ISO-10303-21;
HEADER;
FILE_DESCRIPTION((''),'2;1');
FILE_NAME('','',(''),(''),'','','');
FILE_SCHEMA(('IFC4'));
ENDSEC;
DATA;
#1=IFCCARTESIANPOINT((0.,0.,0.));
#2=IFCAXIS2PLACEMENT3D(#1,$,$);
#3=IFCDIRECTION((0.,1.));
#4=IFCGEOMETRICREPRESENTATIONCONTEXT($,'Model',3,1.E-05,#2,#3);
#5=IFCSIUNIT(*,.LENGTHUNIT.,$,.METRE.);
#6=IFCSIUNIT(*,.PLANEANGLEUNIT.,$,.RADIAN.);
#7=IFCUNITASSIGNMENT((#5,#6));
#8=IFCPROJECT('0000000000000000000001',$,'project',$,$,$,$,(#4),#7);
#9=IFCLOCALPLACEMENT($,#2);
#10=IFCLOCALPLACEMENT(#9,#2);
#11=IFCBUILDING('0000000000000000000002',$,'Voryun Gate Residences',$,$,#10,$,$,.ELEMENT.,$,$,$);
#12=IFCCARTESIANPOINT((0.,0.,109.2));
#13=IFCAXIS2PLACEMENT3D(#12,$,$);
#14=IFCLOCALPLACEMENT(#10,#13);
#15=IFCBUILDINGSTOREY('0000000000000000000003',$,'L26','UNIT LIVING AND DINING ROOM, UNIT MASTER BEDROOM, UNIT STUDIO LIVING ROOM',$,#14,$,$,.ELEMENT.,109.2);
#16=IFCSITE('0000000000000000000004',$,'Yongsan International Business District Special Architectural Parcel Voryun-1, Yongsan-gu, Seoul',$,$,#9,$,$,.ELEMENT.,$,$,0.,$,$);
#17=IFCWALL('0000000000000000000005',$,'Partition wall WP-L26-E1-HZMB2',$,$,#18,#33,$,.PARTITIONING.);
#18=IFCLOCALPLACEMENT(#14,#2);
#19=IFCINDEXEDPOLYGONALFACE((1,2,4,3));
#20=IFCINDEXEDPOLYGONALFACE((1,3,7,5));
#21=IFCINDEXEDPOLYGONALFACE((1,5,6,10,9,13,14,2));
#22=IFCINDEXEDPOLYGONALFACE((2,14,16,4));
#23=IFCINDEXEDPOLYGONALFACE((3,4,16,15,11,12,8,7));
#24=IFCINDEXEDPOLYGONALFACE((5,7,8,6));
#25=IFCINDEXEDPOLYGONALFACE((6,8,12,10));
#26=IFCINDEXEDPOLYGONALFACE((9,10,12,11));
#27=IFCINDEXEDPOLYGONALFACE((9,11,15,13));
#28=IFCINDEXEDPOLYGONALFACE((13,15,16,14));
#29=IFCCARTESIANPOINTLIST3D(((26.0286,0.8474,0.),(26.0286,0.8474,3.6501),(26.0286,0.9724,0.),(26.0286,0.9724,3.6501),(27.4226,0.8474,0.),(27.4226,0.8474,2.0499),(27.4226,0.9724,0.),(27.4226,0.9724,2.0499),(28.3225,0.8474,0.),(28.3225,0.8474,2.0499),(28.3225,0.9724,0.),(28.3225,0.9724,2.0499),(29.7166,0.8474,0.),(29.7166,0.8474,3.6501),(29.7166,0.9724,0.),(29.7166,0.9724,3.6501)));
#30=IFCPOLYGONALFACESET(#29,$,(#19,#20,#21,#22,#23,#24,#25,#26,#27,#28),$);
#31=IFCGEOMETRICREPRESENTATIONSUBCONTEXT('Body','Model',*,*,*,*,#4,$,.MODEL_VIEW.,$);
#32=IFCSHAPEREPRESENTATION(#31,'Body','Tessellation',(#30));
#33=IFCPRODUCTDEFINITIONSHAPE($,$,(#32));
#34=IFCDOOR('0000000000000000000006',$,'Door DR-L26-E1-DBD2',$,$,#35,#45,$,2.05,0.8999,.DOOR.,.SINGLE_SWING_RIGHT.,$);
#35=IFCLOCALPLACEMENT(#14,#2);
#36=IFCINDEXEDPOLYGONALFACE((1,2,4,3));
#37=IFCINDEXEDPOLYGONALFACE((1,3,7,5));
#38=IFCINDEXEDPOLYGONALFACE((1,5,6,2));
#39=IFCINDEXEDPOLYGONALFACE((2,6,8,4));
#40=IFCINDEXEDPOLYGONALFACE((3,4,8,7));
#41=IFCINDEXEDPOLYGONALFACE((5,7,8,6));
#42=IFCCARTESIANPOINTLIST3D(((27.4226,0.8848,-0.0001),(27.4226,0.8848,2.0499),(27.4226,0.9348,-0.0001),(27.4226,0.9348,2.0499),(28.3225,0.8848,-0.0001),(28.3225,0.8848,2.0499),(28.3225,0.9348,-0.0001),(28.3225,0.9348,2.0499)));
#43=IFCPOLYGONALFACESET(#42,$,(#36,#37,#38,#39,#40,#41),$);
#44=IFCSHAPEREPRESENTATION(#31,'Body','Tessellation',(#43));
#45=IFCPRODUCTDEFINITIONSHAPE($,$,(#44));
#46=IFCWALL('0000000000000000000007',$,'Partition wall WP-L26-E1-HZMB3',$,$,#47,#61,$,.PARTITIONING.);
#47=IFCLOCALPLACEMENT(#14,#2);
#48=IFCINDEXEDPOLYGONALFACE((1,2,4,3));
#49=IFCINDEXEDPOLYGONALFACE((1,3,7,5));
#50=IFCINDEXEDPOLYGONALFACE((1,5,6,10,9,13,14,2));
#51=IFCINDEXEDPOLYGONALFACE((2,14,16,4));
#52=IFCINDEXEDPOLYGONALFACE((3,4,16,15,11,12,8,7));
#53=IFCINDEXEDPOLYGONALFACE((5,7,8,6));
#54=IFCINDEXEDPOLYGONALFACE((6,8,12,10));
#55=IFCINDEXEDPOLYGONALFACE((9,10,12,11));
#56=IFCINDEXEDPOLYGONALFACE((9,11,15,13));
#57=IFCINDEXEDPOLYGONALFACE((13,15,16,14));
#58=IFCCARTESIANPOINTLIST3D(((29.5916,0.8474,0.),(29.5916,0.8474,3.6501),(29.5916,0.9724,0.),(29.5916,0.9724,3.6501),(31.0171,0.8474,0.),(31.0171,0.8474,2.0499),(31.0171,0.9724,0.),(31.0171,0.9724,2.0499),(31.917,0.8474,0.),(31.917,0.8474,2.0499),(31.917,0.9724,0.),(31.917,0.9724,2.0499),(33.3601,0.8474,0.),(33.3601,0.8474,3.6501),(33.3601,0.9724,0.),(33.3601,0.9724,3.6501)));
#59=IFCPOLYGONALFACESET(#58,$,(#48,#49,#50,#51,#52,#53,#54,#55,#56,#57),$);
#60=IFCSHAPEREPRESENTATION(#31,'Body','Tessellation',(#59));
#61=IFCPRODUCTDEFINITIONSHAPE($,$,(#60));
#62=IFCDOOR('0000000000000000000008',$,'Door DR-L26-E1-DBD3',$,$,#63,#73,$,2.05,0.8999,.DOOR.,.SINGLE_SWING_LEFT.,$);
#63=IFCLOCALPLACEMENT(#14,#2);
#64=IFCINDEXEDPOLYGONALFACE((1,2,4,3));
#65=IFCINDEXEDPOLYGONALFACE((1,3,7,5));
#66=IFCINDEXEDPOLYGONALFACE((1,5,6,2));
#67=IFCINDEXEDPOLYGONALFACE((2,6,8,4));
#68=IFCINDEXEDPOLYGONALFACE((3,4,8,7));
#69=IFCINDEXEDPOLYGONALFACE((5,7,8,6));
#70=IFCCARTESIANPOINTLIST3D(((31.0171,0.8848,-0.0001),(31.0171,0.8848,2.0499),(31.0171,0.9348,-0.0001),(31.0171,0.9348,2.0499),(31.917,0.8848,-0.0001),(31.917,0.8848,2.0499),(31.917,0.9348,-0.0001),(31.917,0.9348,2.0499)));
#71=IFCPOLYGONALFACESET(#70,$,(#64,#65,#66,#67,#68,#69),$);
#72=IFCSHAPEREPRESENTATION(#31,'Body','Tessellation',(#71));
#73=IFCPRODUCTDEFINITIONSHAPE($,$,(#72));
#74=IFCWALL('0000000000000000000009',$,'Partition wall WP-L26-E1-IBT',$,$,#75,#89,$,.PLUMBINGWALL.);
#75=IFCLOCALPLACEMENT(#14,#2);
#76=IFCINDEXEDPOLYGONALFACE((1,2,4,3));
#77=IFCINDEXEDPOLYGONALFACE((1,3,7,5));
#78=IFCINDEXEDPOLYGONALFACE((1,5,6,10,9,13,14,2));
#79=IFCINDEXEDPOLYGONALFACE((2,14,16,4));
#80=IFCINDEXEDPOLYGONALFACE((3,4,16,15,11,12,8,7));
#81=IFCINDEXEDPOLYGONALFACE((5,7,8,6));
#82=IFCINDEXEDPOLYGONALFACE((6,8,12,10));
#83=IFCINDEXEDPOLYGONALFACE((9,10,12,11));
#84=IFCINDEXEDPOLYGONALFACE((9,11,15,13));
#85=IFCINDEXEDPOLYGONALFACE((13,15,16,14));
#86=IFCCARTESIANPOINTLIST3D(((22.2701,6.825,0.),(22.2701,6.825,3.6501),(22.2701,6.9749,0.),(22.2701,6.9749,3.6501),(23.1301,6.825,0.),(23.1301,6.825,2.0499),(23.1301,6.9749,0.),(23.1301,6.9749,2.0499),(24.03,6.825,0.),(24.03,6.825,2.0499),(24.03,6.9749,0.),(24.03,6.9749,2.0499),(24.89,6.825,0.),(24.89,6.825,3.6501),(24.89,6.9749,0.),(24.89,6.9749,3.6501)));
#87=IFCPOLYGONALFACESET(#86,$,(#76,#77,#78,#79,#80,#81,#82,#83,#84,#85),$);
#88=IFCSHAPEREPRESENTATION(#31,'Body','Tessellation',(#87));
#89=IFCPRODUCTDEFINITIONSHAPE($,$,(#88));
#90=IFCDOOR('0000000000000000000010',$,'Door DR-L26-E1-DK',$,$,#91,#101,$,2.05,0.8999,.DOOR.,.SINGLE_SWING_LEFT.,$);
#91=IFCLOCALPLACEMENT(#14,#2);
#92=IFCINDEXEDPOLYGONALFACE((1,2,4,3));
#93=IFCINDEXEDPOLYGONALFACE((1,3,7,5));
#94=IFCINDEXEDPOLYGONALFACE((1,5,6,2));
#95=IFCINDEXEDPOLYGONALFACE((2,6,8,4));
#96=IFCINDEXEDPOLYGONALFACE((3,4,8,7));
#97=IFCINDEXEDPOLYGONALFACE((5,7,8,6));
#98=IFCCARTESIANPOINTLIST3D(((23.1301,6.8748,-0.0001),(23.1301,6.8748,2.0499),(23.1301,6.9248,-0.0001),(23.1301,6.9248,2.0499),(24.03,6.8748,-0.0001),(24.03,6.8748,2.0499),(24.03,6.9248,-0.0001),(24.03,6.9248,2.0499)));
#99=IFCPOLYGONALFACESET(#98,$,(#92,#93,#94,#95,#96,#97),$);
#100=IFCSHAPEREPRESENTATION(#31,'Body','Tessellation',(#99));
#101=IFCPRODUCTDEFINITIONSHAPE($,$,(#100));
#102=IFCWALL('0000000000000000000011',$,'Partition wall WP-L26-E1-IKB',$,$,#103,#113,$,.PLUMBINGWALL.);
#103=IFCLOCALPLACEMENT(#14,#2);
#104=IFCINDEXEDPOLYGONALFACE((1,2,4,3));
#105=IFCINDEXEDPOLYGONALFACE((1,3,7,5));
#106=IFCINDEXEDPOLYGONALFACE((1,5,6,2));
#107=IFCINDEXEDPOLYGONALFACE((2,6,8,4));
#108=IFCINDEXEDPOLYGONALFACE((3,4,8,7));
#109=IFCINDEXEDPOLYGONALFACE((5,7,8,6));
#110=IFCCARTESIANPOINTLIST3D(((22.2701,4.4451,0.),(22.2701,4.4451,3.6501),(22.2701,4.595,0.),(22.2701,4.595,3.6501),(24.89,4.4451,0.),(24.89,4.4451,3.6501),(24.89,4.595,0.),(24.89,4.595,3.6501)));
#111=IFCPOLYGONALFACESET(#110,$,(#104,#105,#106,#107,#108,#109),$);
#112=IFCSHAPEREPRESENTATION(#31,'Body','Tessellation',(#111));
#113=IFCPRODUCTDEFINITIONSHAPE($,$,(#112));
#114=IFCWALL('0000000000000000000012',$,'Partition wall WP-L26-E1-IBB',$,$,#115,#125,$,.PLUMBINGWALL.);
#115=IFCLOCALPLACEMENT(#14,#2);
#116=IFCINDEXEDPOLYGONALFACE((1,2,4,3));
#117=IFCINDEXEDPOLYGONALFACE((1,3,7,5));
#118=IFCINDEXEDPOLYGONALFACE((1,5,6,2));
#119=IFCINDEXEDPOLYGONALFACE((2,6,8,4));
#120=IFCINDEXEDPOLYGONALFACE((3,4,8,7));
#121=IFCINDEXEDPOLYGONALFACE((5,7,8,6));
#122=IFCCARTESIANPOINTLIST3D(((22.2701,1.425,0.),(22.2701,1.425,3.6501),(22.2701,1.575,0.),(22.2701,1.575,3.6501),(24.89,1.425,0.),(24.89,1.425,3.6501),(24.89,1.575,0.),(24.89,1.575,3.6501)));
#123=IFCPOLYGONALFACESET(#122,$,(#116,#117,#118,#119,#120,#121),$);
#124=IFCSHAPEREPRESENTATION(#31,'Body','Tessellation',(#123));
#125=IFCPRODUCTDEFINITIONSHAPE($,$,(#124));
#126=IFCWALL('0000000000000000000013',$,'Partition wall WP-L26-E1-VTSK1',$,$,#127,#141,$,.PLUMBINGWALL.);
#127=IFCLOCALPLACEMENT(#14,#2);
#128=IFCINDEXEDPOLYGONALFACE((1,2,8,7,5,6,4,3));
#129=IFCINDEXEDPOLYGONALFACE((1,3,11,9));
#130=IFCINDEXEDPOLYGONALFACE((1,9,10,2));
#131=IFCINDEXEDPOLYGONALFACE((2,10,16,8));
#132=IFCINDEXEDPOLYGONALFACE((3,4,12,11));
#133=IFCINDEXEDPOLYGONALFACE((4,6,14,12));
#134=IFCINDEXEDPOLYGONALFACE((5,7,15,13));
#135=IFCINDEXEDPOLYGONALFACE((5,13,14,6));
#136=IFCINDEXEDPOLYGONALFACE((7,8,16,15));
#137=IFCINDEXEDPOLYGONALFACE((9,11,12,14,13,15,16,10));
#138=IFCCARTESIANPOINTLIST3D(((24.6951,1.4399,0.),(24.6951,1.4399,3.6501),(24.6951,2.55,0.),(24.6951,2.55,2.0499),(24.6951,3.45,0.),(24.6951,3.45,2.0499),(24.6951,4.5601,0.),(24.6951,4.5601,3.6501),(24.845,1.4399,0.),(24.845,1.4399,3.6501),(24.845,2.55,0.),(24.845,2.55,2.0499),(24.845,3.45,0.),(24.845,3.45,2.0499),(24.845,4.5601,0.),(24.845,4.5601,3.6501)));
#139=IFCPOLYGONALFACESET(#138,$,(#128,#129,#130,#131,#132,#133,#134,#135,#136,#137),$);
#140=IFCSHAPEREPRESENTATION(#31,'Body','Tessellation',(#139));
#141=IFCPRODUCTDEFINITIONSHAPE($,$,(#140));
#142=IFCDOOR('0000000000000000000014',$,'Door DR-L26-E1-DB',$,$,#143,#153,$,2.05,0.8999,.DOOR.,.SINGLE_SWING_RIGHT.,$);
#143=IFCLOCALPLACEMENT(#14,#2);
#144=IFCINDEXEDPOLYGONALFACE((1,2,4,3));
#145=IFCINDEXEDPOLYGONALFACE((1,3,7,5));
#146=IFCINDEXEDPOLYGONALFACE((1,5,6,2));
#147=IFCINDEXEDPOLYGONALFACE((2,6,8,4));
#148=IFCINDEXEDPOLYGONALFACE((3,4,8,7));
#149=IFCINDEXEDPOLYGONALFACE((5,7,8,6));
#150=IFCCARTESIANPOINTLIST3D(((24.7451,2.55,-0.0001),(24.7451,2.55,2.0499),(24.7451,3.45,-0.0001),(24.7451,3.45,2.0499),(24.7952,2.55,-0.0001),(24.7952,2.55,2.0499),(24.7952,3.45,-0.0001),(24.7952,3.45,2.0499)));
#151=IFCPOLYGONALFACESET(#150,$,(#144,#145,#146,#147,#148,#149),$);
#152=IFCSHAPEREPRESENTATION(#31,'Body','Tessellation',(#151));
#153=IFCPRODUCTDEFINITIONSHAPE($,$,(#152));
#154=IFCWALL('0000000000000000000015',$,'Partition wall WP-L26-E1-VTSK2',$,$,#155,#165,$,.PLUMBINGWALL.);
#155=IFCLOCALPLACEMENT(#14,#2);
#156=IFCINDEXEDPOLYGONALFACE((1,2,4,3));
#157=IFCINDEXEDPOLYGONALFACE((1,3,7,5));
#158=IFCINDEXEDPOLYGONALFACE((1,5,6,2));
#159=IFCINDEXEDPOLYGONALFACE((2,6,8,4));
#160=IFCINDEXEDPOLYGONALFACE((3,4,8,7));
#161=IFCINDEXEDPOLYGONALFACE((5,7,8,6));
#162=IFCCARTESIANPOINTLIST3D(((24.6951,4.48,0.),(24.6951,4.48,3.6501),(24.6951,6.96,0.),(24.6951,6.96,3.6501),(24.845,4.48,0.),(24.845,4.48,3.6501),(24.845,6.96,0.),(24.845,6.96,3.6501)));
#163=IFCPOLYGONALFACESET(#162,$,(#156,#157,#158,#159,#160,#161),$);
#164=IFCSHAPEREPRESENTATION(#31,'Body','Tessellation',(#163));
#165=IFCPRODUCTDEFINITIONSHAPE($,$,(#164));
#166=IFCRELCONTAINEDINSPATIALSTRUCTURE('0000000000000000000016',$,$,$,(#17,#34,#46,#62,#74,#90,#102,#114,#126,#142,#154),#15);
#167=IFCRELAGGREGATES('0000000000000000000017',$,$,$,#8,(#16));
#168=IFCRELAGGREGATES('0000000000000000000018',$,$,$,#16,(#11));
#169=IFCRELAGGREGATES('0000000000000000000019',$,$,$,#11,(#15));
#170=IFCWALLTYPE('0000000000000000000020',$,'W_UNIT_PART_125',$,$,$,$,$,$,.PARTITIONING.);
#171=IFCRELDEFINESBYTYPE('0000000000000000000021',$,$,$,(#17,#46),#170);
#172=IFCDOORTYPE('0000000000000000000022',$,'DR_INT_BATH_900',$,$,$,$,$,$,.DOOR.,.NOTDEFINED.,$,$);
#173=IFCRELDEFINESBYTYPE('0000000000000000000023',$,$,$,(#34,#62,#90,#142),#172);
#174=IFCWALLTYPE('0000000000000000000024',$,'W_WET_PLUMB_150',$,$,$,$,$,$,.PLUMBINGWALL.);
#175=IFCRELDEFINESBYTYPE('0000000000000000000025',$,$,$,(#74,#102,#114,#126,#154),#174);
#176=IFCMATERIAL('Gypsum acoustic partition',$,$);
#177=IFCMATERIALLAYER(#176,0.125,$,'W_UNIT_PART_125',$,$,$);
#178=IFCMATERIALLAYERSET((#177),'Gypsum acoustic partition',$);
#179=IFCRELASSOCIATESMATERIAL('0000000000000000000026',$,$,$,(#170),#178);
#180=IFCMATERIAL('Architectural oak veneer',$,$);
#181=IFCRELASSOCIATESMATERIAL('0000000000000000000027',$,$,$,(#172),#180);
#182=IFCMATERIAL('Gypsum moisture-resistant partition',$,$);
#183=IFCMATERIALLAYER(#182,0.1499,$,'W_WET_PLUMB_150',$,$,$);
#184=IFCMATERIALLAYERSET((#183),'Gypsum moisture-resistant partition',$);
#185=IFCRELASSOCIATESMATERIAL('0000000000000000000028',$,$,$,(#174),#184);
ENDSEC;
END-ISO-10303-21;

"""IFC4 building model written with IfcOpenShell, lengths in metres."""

from ifc_helpers import new_model, si_unit, direction, frame, frame_2d, origin, place, context, subcontext, project, spatial, rectangle, extrude, material, layer, layer_set, type_object, element, fill, save


model = new_model("IFC4")

# Units and contexts
model_context = context("Model", 3, precision=1e-05, world=origin(), true_north=direction((0.0, 1.0)))
body_context = subcontext(model_context, "Body", "Model", "MODEL_VIEW")
ifc_project = project(units=[si_unit("LENGTHUNIT", "METRE"), si_unit("PLANEANGLEUNIT", "RADIAN")], contexts=[model_context])

# Site, building, storey
site_placement = place(None, origin())
site = spatial("IfcSite", under=ifc_project, at=site_placement, Name="Yongsan International Business District Special Architectural Parcel Voryun-1, Yongsan-gu, Seoul", CompositionType="ELEMENT", RefElevation=0.0)
building_placement = place(site_placement, origin())
building = spatial("IfcBuilding", under=site, at=building_placement, Name="Voryun Gate Residences", CompositionType="ELEMENT")
storey_placement = place(building_placement, frame((0.0, 0.0, 109.2)))
storey = spatial("IfcBuildingStorey", under=building, at=storey_placement, Name="L26", Description="UNIT LIVING AND DINING ROOM, UNIT MASTER BEDROOM, UNIT STUDIO LIVING ROOM", CompositionType="ELEMENT", Elevation=109.2)

# Walls, openings, doors
ifc_material_1 = material(Name="Gypsum acoustic partition")
ifc_layer_1 = layer(ifc_material_1, 0.125, Name="W_UNIT_PART_125")
ifc_layer_set_1 = layer_set([ifc_layer_1], Name="Gypsum acoustic partition")
wall_type_1 = type_object("IfcWallType", Name="W_UNIT_PART_125", PredefinedType="PARTITIONING", material=ifc_layer_set_1)
ifc_material_2 = material(Name="Architectural oak veneer")
door_type_1 = type_object("IfcDoorType", Name="DR_INT_BATH_900", OperationType="NOTDEFINED", PredefinedType="DOOR", material=ifc_material_2)
wall_1_placement = place(storey_placement, frame((26.0286, 0.9099, 0.0), z_axis=(0.0, 0.0, 1.0), x_axis=(1.0, 0.0, 0.0)))
wall_1 = element("IfcWall", 1, at=wall_1_placement, inside=storey, type_object=wall_type_1, Name="Partition wall WP-L26-E1-HZMB2", PredefinedType="PARTITIONING", context=body_context, shape_type="SweptSolid", body=[
    extrude(rectangle(XDim=3.688, YDim=0.125, at=frame_2d((1.844, 0.0))), origin(), (0.0, 0.0, 1.0), 3.6501),
])
opening_1_placement = place(wall_1_placement, frame((1.394, 0.0, 0.0)))
opening_1 = element("IfcOpeningElement", 2, at=opening_1_placement, cuts=wall_1, PredefinedType="OPENING", context=body_context, shape_type="SweptSolid", body=[
    extrude(rectangle(XDim=0.8999, YDim=2.05, at=frame_2d((0.45, 1.0249))), frame((0.0, 0.0725, 0.0), z_axis=(0.0, -1.0, 0.0), x_axis=(1.0, 0.0, 0.0)), (0.0, 0.0, 1.0), 0.145),
])
door_1_placement = place(opening_1_placement, origin())
door_1 = element("IfcDoor", 3, at=door_1_placement, inside=storey, type_object=door_type_1, Name="Door DR-L26-E1-DBD2", OperationType="SINGLE_SWING_RIGHT", OverallHeight=2.05, OverallWidth=0.8999, PredefinedType="DOOR", context=body_context, shape_type="SweptSolid", body=[
    extrude(rectangle(XDim=0.8999, YDim=2.05, at=frame_2d((0.45, 1.0249))), frame((0.0, 0.0249, 0.0), z_axis=(0.0, -1.0, 0.0), x_axis=(1.0, 0.0, 0.0)), (0.0, 0.0, 1.0), 0.05),
])
fill(opening_1, door_1)
wall_2_placement = place(storey_placement, frame((29.5916, 0.9099, 0.0), z_axis=(0.0, 0.0, 1.0), x_axis=(1.0, 0.0, 0.0)))
wall_2 = element("IfcWall", 4, at=wall_2_placement, inside=storey, type_object=wall_type_1, Name="Partition wall WP-L26-E1-HZMB3", PredefinedType="PARTITIONING", context=body_context, shape_type="SweptSolid", body=[
    extrude(rectangle(XDim=3.7686, YDim=0.125, at=frame_2d((1.8843, 0.0))), origin(), (0.0, 0.0, 1.0), 3.6501),
])
opening_2_placement = place(wall_2_placement, frame((1.4255, 0.0, 0.0)))
opening_2 = element("IfcOpeningElement", 5, at=opening_2_placement, cuts=wall_2, PredefinedType="OPENING", context=body_context, shape_type="SweptSolid", body=[
    extrude(rectangle(XDim=0.8999, YDim=2.05, at=frame_2d((0.45, 1.0249))), frame((0.0, 0.0725, 0.0), z_axis=(0.0, -1.0, 0.0), x_axis=(1.0, 0.0, 0.0)), (0.0, 0.0, 1.0), 0.145),
])
door_2_placement = place(opening_2_placement, origin())
door_2 = element("IfcDoor", 6, at=door_2_placement, inside=storey, type_object=door_type_1, Name="Door DR-L26-E1-DBD3", OperationType="SINGLE_SWING_LEFT", OverallHeight=2.05, OverallWidth=0.8999, PredefinedType="DOOR", context=body_context, shape_type="SweptSolid", body=[
    extrude(rectangle(XDim=0.8999, YDim=2.05, at=frame_2d((0.45, 1.0249))), frame((0.0, 0.0249, 0.0), z_axis=(0.0, -1.0, 0.0), x_axis=(1.0, 0.0, 0.0)), (0.0, 0.0, 1.0), 0.05),
])
fill(opening_2, door_2)
ifc_material_3 = material(Name="Gypsum moisture-resistant partition")
ifc_layer_2 = layer(ifc_material_3, 0.1499, Name="W_WET_PLUMB_150")
ifc_layer_set_2 = layer_set([ifc_layer_2], Name="Gypsum moisture-resistant partition")
wall_type_2 = type_object("IfcWallType", Name="W_WET_PLUMB_150", PredefinedType="PLUMBINGWALL", material=ifc_layer_set_2)
wall_3_placement = place(storey_placement, frame((22.27, 6.8999, 0.0), z_axis=(0.0, 0.0, 1.0), x_axis=(1.0, 0.0, 0.0)))
wall_3 = element("IfcWall", 7, at=wall_3_placement, inside=storey, type_object=wall_type_2, Name="Partition wall WP-L26-E1-IBT", PredefinedType="PLUMBINGWALL", context=body_context, shape_type="SweptSolid", body=[
    extrude(rectangle(XDim=2.6199, YDim=0.1499, at=frame_2d((1.3101, 0.0))), origin(), (0.0, 0.0, 1.0), 3.6501),
])
opening_3_placement = place(wall_3_placement, frame((0.8601, 0.0, 0.0)))
opening_3 = element("IfcOpeningElement", 8, at=opening_3_placement, cuts=wall_3, PredefinedType="OPENING", context=body_context, shape_type="SweptSolid", body=[
    extrude(rectangle(XDim=0.8999, YDim=2.05, at=frame_2d((0.45, 1.0249))), frame((0.0, 0.085, 0.0), z_axis=(0.0, -1.0, 0.0), x_axis=(1.0, 0.0, 0.0)), (0.0, 0.0, 1.0), 0.1699),
])
door_3_placement = place(opening_3_placement, origin())
door_3 = element("IfcDoor", 9, at=door_3_placement, inside=storey, type_object=door_type_1, Name="Door DR-L26-E1-DK", OperationType="SINGLE_SWING_LEFT", OverallHeight=2.05, OverallWidth=0.8999, PredefinedType="DOOR", context=body_context, shape_type="SweptSolid", body=[
    extrude(rectangle(XDim=0.8999, YDim=2.05, at=frame_2d((0.45, 1.0249))), frame((0.0, 0.0249, 0.0), z_axis=(0.0, -1.0, 0.0), x_axis=(1.0, 0.0, 0.0)), (0.0, 0.0, 1.0), 0.05),
])
fill(opening_3, door_3)

# Walls
for number, where, z_axis, x_axis, name in (
    (10, (22.27, 4.52, 0.0), (0.0, 0.0, 1.0), (1.0, 0.0, 0.0), "Partition wall WP-L26-E1-IKB"),
    (11, (22.27, 1.5, 0.0), (0.0, 0.0, 1.0), (1.0, 0.0, 0.0), "Partition wall WP-L26-E1-IBB"),
):
    element("IfcWall", number, at=place(storey_placement, frame(where, z_axis=z_axis, x_axis=x_axis)), inside=storey, type_object=wall_type_2, Name=name, PredefinedType="PLUMBINGWALL", context=body_context, shape_type="SweptSolid", body=[
        extrude(rectangle(XDim=2.6199, YDim=0.1499, at=frame_2d((1.3101, 0.0))), origin(), (0.0, 0.0, 1.0), 3.6501),
    ])

# Wall, opening, door
wall_4_placement = place(storey_placement, frame((24.77, 1.4399, 0.0), z_axis=(0.0, 0.0, 1.0), x_axis=(0.0, 1.0, 0.0)))
wall_4 = element("IfcWall", 12, at=wall_4_placement, inside=storey, type_object=wall_type_2, Name="Partition wall WP-L26-E1-VTSK1", PredefinedType="PLUMBINGWALL", context=body_context, shape_type="SweptSolid", body=[
    extrude(rectangle(XDim=3.1201, YDim=0.1499, at=frame_2d((1.5601, 0.0))), origin(), (0.0, 0.0, 1.0), 3.6501),
])
opening_4_placement = place(wall_4_placement, frame((1.1101, 0.0, 0.0)))
opening_4 = element("IfcOpeningElement", 13, at=opening_4_placement, cuts=wall_4, PredefinedType="OPENING", context=body_context, shape_type="SweptSolid", body=[
    extrude(rectangle(XDim=0.8999, YDim=2.05, at=frame_2d((0.45, 1.0249))), frame((0.0, 0.085, 0.0), z_axis=(0.0, -1.0, 0.0), x_axis=(1.0, 0.0, 0.0)), (0.0, 0.0, 1.0), 0.1699),
])
door_4_placement = place(opening_4_placement, origin())
door_4 = element("IfcDoor", 14, at=door_4_placement, inside=storey, type_object=door_type_1, Name="Door DR-L26-E1-DB", OperationType="SINGLE_SWING_RIGHT", OverallHeight=2.05, OverallWidth=0.8999, PredefinedType="DOOR", context=body_context, shape_type="SweptSolid", body=[
    extrude(rectangle(XDim=0.8999, YDim=2.05, at=frame_2d((0.45, 1.0249))), frame((0.0, 0.0249, 0.0), z_axis=(0.0, -1.0, 0.0), x_axis=(1.0, 0.0, 0.0)), (0.0, 0.0, 1.0), 0.05),
])
fill(opening_4, door_4)

# Wall
wall_5_placement = place(storey_placement, frame((24.77, 4.48, 0.0), z_axis=(0.0, 0.0, 1.0), x_axis=(0.0, 1.0, 0.0)))
element("IfcWall", 15, at=wall_5_placement, inside=storey, type_object=wall_type_2, Name="Partition wall WP-L26-E1-VTSK2", PredefinedType="PLUMBINGWALL", context=body_context, shape_type="SweptSolid", body=[
    extrude(rectangle(XDim=2.48, YDim=0.1499, at=frame_2d((1.24, 0.0))), origin(), (0.0, 0.0, 1.0), 3.6501),
])

save(model, "model.ifc")
